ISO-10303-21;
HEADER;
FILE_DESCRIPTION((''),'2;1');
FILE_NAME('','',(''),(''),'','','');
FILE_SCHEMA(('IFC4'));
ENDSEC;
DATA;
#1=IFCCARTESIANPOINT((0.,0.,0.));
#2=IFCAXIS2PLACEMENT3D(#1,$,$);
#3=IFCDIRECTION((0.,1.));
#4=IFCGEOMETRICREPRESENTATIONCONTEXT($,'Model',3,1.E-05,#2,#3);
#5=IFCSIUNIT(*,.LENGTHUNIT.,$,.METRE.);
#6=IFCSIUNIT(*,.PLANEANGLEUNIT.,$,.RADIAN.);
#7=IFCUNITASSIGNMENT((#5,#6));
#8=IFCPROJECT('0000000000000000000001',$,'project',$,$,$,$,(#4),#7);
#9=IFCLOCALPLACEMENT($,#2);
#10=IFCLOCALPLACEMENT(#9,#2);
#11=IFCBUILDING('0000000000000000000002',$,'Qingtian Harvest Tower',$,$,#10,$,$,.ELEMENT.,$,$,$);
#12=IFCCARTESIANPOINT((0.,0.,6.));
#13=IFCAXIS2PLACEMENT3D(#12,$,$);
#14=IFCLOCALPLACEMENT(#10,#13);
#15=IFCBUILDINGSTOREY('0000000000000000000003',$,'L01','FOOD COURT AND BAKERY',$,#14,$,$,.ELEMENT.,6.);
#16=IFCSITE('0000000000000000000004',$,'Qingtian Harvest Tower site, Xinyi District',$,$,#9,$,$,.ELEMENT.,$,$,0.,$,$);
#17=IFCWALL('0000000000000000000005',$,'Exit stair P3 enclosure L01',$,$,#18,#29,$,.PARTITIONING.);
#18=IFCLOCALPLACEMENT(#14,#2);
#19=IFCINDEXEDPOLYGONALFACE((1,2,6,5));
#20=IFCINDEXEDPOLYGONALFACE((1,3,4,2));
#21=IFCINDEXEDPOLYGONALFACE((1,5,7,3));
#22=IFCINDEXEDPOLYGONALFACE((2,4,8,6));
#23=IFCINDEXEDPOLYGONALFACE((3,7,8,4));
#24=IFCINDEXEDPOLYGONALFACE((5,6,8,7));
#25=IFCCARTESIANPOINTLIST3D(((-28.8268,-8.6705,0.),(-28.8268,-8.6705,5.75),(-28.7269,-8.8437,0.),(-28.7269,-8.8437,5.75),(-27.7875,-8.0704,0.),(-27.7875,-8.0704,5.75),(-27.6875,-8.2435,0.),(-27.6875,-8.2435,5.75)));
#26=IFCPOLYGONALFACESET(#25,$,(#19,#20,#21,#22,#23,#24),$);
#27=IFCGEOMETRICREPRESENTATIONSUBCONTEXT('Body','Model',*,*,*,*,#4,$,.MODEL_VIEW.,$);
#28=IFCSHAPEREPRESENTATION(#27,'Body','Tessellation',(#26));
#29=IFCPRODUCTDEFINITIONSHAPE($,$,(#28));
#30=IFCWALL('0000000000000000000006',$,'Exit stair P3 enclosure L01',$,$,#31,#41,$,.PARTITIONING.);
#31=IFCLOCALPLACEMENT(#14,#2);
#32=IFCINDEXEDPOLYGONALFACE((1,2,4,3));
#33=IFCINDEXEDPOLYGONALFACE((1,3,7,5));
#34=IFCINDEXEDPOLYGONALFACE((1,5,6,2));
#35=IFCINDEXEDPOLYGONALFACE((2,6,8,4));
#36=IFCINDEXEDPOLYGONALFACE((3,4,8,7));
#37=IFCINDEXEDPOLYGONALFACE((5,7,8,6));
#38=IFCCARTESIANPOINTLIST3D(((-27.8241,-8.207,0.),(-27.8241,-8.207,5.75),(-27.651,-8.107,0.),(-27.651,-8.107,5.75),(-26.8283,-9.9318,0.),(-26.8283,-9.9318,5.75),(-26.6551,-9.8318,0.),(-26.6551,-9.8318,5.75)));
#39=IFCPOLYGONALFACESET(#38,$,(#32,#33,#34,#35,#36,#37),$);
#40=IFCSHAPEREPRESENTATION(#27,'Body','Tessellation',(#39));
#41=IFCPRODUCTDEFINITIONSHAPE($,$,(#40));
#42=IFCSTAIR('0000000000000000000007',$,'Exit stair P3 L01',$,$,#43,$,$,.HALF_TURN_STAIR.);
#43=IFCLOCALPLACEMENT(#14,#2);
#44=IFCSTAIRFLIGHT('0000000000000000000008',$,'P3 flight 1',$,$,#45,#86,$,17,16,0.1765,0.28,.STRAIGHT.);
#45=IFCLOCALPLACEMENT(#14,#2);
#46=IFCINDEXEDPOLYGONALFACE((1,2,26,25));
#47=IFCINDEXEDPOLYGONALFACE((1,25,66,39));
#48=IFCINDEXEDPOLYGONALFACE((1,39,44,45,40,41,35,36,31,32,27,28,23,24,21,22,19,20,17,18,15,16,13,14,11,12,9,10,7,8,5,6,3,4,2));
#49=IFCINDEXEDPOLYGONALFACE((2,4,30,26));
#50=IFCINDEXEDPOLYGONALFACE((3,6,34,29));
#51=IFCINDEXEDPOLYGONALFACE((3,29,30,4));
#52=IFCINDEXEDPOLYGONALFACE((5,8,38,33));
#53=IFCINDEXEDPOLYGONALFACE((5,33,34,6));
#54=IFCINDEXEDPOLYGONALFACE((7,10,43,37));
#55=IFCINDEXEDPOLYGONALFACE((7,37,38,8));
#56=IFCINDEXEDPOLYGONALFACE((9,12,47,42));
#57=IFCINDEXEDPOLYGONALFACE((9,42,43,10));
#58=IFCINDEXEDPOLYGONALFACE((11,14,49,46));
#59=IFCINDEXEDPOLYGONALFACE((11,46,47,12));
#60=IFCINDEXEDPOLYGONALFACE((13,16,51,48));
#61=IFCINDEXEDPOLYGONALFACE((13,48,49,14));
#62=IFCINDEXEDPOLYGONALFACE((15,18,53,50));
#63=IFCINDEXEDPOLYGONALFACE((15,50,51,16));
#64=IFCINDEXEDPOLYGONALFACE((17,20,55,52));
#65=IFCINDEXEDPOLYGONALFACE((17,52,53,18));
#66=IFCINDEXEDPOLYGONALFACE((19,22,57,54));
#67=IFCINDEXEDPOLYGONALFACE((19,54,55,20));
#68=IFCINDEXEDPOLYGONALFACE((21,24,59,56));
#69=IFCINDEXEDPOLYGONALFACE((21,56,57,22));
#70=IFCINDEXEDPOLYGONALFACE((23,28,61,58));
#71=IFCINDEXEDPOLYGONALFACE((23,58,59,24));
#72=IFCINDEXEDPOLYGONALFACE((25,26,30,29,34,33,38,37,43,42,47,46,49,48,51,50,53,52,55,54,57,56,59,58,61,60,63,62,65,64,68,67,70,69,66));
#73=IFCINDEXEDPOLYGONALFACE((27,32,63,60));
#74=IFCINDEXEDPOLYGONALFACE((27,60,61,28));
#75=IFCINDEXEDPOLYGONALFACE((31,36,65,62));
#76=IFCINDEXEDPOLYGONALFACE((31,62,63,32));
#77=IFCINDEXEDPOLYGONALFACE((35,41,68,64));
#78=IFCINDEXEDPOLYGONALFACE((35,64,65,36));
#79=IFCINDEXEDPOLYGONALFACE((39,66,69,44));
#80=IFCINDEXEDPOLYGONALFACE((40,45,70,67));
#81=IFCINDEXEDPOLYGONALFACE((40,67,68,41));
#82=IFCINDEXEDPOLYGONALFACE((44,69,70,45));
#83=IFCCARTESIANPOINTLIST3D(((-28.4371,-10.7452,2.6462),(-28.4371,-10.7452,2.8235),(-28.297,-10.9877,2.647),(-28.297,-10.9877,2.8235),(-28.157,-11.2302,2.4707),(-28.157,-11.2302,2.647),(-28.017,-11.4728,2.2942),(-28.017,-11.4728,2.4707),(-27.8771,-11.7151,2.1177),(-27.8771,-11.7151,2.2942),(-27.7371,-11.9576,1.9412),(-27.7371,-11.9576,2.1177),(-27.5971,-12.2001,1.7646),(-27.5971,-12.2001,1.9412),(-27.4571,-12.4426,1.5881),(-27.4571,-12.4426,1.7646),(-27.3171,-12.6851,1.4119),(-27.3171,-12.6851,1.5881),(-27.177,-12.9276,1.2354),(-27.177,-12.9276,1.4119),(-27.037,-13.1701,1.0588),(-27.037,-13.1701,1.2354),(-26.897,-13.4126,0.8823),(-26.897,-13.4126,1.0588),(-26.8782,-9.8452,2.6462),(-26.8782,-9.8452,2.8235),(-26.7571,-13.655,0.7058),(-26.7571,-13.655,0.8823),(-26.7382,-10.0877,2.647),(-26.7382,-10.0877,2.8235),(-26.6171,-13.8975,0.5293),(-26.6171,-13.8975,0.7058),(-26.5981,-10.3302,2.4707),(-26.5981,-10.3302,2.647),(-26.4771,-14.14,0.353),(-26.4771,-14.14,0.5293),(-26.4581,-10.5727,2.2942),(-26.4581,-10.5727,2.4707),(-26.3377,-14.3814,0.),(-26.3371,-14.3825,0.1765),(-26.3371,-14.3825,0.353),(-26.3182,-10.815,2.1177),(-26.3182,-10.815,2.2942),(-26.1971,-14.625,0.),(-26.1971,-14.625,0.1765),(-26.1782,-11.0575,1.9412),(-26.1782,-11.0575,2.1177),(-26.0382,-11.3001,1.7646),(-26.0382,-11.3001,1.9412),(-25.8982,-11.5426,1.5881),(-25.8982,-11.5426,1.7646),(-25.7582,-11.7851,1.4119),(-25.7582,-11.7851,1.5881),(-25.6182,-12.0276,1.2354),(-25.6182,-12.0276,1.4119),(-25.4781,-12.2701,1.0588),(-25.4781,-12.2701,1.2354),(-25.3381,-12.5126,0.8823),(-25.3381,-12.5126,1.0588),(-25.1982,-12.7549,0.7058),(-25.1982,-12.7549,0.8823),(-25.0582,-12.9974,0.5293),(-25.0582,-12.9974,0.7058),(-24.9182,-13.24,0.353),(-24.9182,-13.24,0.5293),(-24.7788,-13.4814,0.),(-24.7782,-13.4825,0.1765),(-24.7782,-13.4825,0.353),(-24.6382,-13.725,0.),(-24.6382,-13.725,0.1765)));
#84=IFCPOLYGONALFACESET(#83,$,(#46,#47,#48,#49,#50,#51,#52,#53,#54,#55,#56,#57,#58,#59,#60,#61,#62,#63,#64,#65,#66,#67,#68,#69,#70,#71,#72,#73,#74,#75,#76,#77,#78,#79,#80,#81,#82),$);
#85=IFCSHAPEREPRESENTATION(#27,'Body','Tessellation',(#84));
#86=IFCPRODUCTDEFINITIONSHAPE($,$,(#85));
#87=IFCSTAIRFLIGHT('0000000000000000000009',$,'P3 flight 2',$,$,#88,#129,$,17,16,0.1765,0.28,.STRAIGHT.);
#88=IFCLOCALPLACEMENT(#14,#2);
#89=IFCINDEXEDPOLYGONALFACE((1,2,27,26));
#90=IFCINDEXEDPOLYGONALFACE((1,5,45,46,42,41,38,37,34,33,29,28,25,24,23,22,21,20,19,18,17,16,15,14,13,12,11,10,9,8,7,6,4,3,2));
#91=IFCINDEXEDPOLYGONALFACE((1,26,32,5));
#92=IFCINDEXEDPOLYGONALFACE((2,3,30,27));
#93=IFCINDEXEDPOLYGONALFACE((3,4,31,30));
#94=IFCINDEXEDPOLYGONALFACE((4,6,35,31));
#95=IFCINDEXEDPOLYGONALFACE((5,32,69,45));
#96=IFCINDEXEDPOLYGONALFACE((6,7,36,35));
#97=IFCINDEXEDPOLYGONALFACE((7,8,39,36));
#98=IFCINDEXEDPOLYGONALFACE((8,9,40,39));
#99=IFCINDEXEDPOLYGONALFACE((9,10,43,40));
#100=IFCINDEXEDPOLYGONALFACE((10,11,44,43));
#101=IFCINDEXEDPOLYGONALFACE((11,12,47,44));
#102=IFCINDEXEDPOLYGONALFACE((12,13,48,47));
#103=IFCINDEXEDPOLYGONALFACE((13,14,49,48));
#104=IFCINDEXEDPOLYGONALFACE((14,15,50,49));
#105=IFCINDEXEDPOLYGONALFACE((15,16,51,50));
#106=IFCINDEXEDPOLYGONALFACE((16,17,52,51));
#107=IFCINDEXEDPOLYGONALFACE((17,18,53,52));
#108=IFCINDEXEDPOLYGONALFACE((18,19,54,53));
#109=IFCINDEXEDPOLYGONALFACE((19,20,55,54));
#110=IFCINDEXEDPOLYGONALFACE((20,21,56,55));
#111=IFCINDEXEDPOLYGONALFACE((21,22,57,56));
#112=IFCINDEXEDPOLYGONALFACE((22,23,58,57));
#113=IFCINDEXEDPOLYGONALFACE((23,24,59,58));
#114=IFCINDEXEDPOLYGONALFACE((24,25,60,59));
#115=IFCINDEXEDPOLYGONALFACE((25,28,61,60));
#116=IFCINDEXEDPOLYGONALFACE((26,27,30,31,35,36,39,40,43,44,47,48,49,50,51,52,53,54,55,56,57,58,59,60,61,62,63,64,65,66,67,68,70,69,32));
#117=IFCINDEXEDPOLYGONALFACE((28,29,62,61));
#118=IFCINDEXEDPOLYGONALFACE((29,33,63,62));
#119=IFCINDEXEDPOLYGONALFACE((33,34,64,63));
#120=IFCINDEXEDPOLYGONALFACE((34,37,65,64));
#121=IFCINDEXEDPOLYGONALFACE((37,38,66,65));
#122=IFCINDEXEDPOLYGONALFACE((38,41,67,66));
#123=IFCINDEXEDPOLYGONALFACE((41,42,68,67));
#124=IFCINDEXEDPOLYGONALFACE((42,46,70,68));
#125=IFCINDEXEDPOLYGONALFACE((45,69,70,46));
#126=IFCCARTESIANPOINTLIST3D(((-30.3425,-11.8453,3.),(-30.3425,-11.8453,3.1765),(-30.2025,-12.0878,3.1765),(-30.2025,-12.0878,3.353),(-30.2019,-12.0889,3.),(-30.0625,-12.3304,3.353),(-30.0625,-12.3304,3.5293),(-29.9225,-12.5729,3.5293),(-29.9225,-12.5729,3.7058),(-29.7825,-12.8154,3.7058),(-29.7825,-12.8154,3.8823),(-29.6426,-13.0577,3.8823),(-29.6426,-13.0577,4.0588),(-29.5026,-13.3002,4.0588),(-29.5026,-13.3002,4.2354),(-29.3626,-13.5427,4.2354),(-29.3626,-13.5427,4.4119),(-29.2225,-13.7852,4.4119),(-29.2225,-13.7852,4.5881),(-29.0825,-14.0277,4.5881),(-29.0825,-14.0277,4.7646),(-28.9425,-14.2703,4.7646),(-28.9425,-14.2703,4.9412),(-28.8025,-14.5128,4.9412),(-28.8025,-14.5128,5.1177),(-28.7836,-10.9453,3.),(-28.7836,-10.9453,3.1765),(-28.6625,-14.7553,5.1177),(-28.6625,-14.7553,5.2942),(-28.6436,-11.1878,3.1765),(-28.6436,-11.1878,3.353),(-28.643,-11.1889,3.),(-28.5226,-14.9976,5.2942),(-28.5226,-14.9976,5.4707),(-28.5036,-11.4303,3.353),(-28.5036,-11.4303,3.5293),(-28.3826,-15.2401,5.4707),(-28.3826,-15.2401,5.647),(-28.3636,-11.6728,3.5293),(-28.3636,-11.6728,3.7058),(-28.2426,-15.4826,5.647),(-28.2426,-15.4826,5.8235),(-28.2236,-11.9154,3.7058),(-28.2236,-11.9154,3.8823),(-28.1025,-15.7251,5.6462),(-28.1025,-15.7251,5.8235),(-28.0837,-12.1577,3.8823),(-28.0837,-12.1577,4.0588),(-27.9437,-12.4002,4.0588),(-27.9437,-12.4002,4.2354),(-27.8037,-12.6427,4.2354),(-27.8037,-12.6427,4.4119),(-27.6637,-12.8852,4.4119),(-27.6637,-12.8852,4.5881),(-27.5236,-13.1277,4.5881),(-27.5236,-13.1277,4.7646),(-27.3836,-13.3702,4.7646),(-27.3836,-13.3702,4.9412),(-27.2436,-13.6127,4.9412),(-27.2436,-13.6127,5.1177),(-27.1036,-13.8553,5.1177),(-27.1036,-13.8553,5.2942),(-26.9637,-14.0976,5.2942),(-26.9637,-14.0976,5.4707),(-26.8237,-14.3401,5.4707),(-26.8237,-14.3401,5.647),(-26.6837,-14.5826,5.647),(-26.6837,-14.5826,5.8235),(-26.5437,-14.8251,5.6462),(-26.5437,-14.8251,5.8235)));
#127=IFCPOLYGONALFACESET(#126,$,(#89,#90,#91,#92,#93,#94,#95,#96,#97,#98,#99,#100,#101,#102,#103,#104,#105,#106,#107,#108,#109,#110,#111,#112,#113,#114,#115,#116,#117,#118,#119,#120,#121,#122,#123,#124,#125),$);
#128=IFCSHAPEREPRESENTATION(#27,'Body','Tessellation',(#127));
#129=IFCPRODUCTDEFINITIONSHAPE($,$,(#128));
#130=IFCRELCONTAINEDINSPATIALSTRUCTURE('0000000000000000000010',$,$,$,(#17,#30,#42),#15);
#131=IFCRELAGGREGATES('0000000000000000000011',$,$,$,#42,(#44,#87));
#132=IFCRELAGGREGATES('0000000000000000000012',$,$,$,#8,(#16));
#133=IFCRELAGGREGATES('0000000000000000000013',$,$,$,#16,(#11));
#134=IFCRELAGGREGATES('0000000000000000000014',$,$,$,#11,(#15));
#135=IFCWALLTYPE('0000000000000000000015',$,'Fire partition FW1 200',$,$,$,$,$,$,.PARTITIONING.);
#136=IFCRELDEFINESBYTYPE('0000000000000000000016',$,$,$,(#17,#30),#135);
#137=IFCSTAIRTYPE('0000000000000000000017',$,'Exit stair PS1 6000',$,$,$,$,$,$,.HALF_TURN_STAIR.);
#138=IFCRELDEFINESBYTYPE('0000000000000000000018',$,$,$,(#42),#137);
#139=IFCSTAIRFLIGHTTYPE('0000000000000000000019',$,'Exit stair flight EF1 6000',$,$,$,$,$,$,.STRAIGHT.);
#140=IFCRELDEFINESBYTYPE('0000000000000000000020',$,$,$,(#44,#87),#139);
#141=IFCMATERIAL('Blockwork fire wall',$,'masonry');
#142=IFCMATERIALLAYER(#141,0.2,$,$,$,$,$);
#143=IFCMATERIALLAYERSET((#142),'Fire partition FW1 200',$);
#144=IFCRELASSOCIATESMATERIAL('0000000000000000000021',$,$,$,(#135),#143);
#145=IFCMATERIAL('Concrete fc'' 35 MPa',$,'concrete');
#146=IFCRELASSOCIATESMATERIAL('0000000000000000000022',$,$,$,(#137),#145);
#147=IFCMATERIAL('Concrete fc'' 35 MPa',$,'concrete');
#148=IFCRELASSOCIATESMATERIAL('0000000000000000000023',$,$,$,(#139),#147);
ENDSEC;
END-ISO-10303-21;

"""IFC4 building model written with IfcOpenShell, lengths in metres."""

from ifc_helpers import new_model, si_unit, direction, frame, frame_2d, origin, place, context, subcontext, project, spatial, polyline, rectangle, outline, extrude, material, layer, layer_set, type_object, element, aggregate, save


model = new_model("IFC4")

# Units and contexts
model_context = context("Model", 3, precision=1e-05, world=origin(), true_north=direction((0.0, 1.0)))
body_context = subcontext(model_context, "Body", "Model", "MODEL_VIEW")
ifc_project = project(units=[si_unit("LENGTHUNIT", "METRE"), si_unit("PLANEANGLEUNIT", "RADIAN")], contexts=[model_context])

# Site, building, storey
site_placement = place(None, origin())
site = spatial("IfcSite", under=ifc_project, at=site_placement, Name="Qingtian Harvest Tower site, Xinyi District", CompositionType="ELEMENT", RefElevation=0.0)
building_placement = place(site_placement, origin())
building = spatial("IfcBuilding", under=site, at=building_placement, Name="Qingtian Harvest Tower", CompositionType="ELEMENT")
storey_placement = place(building_placement, frame((0.0, 0.0, 6.0)))
storey = spatial("IfcBuildingStorey", under=building, at=storey_placement, Name="L01", Description="FOOD COURT AND BAKERY", CompositionType="ELEMENT", Elevation=6.0)

# Walls
ifc_material_1 = material(Name="Blockwork fire wall", Category="masonry")
ifc_layer_1 = layer(ifc_material_1, 0.2)
ifc_layer_set_1 = layer_set([ifc_layer_1], Name="Fire partition FW1 200")
wall_type = type_object("IfcWallType", Name="Fire partition FW1 200", PredefinedType="PARTITIONING", material=ifc_layer_set_1)
wall_1_placement = place(storey_placement, frame((-28.7769, -8.7571, 0.0), z_axis=(0.0, 0.0, 1.0), x_axis=(0.866006, 0.500034, 0.0)))
element("IfcWall", 1, at=wall_1_placement, inside=storey, type_object=wall_type, Name="Exit stair P3 enclosure L01", PredefinedType="PARTITIONING", context=body_context, shape_type="SweptSolid", body=[
    extrude(rectangle(XDim=1.2002, YDim=0.2, at=frame_2d((0.6001, 0.0))), origin(), (0.0, 0.0, 1.0), 5.75),
])
wall_2_placement = place(storey_placement, frame((-26.7417, -9.8818, 0.0), z_axis=(0.0, 0.0, 1.0), x_axis=(-0.500002, 0.866024, 0.0)))
element("IfcWall", 2, at=wall_2_placement, inside=storey, type_object=wall_type, Name="Exit stair P3 enclosure L01", PredefinedType="PARTITIONING", context=body_context, shape_type="SweptSolid", body=[
    extrude(rectangle(XDim=1.9917, YDim=0.2, at=frame_2d((0.9958, 0.0))), origin(), (0.0, 0.0, 1.0), 5.75),
])

# Stair, stair flights
ifc_material_2 = material(Name="Concrete fc' 35 MPa", Category="concrete")
stair_type = type_object("IfcStairType", Name="Exit stair PS1 6000", PredefinedType="HALF_TURN_STAIR", material=ifc_material_2)
stair_placement = place(storey_placement, origin())
stair = element("IfcStair", 3, at=stair_placement, inside=storey, type_object=stair_type, Name="Exit stair P3 L01", PredefinedType="HALF_TURN_STAIR")
ifc_material_3 = material(Name="Concrete fc' 35 MPa", Category="concrete")
stair_flight_type = type_object("IfcStairFlightType", Name="Exit stair flight EF1 6000", PredefinedType="STRAIGHT", material=ifc_material_3)
stair_flight_1_placement = place(storey_placement, frame((-25.4177, -14.175, 0.0), z_axis=(0.0, 0.0, 1.0), x_axis=(-0.5, 0.866025, 0.0)))
stair_flight_1 = element("IfcStairFlight", 4, at=stair_flight_1_placement, type_object=stair_flight_type, Name="P3 flight 1", NumberOfRisers=17, NumberOfTreads=16, PredefinedType="STRAIGHT", RiserHeight=0.1765, TreadLength=0.28, context=body_context, shape_type="SweptSolid", body=[
    extrude(outline(polyline([(0.0, 0.0), (0.0, 0.1765), (0.28, 0.1765), (0.28, 0.353), (0.5601, 0.353), (0.5601, 0.5293), (0.8401, 0.5293), (0.8401, 0.7058), (1.1201, 0.7058), (1.1201, 0.8823), (1.3999, 0.8823), (1.3999, 1.0588), (1.6799, 1.0588), (1.6799, 1.2354), (1.96, 1.2354), (1.96, 1.4119), (2.24, 1.4119), (2.24, 1.5881), (2.52, 1.5881), (2.52, 1.7646), (2.8, 1.7646), (2.8, 1.9412), (3.0801, 1.9412), (3.0801, 2.1177), (3.3601, 2.1177), (3.3601, 2.2942), (3.6399, 2.2942), (3.6399, 2.4707), (3.9199, 2.4707), (3.9199, 2.647), (4.2, 2.647), (4.2, 2.8235), (4.48, 2.8235), (4.48, 3.0), (4.48, 2.6462), (0.2812, 0.0), (0.0, 0.0)])), frame((0.0, 0.8999, 0.0), z_axis=(0.0, -1.0, 0.0), x_axis=(1.0, 0.0, 0.0)), (0.0, 0.0, 1.0), 1.8),
])
stair_flight_2_placement = place(storey_placement, frame((-29.563, -11.3953, 3.0), z_axis=(0.0, 0.0, 1.0), x_axis=(0.5, -0.866025, 0.0)))
stair_flight_2 = element("IfcStairFlight", 5, at=stair_flight_2_placement, type_object=stair_flight_type, Name="P3 flight 2", NumberOfRisers=17, NumberOfTreads=16, PredefinedType="STRAIGHT", RiserHeight=0.1765, TreadLength=0.28, context=body_context, shape_type="SweptSolid", body=[
    extrude(outline(polyline([(0.0, 0.0), (0.0, 0.1765), (0.28, 0.1765), (0.28, 0.353), (0.5601, 0.353), (0.5601, 0.5293), (0.8401, 0.5293), (0.8401, 0.7058), (1.1201, 0.7058), (1.1201, 0.8823), (1.3999, 0.8823), (1.3999, 1.0588), (1.6799, 1.0588), (1.6799, 1.2354), (1.96, 1.2354), (1.96, 1.4119), (2.24, 1.4119), (2.24, 1.5881), (2.52, 1.5881), (2.52, 1.7646), (2.8, 1.7646), (2.8, 1.9412), (3.0801, 1.9412), (3.0801, 2.1177), (3.3601, 2.1177), (3.3601, 2.2942), (3.6399, 2.2942), (3.6399, 2.4707), (3.9199, 2.4707), (3.9199, 2.647), (4.2, 2.647), (4.2, 2.8235), (4.48, 2.8235), (4.48, 3.0), (4.48, 2.6462), (0.2812, 0.0), (0.0, 0.0)])), frame((0.0, 0.8999, 0.0), z_axis=(0.0, -1.0, 0.0), x_axis=(1.0, 0.0, 0.0)), (0.0, 0.0, 1.0), 1.8),
])
aggregate(stair, [stair_flight_1, stair_flight_2])

save(model, "model.ifc")
